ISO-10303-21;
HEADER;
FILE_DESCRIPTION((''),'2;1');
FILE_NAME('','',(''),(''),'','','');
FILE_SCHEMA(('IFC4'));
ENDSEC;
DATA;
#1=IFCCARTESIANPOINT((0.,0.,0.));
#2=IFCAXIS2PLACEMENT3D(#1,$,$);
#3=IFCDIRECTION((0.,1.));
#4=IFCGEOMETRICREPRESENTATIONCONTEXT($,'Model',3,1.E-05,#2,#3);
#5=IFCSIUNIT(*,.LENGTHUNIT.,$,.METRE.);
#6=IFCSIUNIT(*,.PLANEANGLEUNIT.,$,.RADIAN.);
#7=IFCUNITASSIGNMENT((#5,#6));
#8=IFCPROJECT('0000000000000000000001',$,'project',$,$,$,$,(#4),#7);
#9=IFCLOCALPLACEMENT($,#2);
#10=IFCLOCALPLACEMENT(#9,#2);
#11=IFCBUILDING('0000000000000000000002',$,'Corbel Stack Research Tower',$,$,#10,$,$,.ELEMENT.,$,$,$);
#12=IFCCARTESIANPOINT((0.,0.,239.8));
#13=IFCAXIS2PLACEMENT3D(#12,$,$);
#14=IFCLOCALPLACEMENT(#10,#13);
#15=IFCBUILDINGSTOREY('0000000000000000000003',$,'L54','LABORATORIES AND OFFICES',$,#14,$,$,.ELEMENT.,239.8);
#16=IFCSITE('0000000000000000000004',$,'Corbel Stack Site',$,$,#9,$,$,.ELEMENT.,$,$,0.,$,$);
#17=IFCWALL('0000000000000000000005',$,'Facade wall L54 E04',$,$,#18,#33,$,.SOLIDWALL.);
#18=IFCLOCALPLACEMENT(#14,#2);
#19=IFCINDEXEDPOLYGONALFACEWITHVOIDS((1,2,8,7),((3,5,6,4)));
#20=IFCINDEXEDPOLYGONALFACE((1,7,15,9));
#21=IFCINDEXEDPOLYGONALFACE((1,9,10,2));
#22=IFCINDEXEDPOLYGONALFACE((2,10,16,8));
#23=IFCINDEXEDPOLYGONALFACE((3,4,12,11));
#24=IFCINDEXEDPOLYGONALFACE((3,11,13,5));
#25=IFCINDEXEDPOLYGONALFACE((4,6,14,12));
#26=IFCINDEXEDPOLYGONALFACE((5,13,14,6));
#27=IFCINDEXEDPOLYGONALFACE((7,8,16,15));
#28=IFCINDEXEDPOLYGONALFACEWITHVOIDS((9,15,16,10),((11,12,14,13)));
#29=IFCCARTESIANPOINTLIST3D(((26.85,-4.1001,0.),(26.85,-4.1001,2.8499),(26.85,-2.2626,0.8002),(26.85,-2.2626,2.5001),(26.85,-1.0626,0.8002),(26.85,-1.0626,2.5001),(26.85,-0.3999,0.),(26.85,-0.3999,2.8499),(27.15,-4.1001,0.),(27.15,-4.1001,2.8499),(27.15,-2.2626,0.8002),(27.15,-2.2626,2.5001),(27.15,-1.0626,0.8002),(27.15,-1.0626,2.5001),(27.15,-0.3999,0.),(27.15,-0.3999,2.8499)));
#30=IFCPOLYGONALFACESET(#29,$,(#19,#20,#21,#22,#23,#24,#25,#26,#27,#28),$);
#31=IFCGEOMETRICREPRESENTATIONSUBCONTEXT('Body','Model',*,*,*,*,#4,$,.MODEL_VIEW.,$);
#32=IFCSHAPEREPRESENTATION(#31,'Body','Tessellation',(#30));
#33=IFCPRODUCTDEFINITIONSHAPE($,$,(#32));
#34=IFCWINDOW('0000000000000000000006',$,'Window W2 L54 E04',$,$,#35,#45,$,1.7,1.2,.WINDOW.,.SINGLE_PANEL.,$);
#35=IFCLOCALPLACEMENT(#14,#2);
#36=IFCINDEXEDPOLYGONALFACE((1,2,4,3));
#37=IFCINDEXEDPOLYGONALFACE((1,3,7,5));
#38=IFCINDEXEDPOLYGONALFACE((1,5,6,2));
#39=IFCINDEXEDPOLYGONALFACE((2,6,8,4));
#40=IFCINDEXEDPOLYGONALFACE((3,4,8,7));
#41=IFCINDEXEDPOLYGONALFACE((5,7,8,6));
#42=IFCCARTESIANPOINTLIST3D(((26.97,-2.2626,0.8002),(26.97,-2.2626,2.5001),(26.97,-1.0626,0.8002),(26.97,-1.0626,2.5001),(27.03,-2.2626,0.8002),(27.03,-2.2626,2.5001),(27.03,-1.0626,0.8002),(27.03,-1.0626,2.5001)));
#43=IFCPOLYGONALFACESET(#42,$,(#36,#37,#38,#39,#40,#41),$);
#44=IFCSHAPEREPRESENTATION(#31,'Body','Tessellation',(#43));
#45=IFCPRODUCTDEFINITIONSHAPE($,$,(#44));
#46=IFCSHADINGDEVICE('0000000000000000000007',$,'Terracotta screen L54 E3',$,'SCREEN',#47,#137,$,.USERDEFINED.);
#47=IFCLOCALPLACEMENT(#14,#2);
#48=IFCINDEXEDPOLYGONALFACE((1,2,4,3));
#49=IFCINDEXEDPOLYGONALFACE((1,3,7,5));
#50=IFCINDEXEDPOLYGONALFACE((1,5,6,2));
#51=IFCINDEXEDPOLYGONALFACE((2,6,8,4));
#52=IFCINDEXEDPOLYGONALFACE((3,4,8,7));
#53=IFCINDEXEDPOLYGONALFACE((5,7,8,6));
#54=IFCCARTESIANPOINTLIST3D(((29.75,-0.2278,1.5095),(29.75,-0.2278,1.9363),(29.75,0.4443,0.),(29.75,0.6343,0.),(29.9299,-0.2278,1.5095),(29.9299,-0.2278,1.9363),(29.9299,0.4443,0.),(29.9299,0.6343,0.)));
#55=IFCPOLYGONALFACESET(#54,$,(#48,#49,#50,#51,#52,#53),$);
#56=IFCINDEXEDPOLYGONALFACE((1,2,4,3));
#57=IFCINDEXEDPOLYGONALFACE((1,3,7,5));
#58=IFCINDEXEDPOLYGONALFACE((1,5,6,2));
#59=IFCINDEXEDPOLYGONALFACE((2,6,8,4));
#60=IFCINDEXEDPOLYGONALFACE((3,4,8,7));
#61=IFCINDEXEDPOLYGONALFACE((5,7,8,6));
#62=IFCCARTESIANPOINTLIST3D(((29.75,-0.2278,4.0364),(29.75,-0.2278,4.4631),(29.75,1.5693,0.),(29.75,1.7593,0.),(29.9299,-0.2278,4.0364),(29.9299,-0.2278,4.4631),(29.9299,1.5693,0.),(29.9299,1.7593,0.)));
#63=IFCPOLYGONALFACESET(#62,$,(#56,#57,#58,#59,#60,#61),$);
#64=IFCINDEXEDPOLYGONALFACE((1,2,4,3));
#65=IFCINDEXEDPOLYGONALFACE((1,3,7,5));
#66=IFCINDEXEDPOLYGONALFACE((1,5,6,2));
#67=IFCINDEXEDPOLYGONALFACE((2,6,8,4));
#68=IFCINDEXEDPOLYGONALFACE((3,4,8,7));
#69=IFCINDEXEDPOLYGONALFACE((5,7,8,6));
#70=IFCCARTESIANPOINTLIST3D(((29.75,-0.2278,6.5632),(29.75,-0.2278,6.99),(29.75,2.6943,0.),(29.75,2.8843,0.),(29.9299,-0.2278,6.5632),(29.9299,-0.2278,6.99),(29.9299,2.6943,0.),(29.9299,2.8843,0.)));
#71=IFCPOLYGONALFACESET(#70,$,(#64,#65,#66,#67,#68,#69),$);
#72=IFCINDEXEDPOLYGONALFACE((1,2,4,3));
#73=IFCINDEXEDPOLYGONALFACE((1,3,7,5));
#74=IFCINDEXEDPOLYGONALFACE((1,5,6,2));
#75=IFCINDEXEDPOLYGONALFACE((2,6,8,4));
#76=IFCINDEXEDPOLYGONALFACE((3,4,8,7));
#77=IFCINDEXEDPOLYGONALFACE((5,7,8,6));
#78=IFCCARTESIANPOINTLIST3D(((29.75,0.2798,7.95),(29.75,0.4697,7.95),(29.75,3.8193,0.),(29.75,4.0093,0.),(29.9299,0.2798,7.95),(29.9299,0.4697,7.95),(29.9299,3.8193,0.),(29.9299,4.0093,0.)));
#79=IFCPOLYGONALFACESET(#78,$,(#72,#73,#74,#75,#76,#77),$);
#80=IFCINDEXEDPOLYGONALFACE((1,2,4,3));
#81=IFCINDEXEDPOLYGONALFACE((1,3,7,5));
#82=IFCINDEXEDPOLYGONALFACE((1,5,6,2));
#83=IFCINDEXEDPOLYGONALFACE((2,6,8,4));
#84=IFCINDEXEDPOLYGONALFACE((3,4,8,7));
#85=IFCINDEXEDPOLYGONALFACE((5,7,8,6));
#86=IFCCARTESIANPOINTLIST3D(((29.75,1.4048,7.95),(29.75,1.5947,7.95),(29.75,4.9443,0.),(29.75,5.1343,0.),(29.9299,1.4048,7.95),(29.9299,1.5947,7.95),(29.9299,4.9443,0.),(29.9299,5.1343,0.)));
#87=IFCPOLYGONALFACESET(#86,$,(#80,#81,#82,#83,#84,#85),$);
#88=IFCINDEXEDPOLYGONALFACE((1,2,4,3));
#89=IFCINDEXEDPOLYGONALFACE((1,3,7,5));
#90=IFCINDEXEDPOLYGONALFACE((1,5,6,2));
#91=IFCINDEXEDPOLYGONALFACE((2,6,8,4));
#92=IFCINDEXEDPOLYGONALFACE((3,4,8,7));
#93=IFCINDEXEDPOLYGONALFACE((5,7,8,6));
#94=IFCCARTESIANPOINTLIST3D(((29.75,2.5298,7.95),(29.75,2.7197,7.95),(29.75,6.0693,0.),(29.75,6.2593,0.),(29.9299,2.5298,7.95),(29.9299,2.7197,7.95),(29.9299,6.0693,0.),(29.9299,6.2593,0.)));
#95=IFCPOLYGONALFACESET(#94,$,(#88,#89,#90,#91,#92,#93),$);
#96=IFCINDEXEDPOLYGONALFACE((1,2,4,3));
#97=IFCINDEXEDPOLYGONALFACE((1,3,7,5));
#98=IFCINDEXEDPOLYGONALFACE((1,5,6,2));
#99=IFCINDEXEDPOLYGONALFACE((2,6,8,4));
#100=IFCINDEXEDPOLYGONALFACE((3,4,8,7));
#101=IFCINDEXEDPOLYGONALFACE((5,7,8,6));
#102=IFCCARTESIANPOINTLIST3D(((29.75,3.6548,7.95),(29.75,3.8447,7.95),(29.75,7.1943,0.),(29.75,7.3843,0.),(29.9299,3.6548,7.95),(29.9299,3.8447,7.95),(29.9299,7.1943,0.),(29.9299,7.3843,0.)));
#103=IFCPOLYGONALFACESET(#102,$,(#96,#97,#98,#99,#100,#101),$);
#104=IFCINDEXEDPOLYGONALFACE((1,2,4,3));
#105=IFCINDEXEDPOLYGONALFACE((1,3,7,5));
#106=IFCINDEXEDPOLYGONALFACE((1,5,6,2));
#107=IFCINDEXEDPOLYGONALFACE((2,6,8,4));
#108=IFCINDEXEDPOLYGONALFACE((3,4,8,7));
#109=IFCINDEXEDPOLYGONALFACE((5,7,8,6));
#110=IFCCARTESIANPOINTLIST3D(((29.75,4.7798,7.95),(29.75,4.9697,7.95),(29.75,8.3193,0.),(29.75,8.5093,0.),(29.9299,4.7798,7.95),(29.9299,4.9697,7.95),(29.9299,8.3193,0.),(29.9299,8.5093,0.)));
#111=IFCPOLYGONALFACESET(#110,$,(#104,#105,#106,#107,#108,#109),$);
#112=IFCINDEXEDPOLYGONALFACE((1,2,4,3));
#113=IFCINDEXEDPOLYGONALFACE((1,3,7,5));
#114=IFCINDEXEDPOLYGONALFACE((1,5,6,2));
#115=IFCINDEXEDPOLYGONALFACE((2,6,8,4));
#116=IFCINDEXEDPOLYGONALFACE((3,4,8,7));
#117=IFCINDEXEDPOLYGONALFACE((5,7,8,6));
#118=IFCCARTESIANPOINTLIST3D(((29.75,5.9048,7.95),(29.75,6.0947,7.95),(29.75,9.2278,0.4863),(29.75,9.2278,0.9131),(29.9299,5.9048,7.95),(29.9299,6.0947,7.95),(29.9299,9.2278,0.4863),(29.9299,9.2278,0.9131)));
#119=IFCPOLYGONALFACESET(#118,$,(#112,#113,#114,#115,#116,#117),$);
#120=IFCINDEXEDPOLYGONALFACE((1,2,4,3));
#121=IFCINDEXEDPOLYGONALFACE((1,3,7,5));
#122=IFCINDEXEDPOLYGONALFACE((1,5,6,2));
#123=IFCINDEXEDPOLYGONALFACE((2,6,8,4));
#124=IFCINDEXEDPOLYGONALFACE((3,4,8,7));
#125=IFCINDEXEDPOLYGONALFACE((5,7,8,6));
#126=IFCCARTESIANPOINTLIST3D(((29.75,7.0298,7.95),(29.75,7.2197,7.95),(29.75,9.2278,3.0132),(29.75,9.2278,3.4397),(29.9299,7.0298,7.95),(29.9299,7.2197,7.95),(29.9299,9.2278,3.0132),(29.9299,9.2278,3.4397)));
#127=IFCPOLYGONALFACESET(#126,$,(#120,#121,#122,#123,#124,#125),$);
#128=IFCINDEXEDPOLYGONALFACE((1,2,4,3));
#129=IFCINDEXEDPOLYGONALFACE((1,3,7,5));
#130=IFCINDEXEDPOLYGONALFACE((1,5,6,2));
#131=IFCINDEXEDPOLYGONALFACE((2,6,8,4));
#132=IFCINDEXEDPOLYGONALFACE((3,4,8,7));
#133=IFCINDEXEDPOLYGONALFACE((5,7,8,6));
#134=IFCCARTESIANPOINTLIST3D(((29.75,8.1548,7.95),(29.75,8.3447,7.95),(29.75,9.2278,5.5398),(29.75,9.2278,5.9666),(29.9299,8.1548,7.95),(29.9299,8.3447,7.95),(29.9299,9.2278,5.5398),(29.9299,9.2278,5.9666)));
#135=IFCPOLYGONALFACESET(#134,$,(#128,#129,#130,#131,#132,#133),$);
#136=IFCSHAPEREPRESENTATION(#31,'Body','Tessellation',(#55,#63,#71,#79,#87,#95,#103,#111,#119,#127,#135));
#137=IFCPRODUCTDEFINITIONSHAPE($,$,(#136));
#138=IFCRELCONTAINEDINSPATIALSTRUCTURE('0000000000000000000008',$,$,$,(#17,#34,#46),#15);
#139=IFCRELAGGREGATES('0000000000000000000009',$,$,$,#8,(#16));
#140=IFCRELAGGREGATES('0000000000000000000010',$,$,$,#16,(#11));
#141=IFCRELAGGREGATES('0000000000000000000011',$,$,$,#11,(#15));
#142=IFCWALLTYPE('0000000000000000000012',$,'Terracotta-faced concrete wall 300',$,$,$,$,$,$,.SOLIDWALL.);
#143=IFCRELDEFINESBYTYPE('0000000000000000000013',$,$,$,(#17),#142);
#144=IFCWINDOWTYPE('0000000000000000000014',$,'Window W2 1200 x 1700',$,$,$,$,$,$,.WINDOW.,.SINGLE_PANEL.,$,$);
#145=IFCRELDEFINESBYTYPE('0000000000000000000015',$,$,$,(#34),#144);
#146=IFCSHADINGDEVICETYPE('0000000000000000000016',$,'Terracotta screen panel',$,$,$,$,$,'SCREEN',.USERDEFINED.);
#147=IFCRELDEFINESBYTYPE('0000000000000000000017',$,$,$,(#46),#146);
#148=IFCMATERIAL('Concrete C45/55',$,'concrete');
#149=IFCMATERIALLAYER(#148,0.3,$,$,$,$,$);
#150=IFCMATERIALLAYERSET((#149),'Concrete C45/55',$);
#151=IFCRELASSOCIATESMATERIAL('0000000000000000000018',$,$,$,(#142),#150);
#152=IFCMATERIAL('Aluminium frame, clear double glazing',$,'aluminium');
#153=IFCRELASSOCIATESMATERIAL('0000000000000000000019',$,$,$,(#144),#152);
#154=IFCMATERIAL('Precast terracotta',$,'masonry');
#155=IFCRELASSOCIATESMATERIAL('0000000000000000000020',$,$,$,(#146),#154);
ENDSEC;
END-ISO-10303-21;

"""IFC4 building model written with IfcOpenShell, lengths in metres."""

from ifc_helpers import new_model, si_unit, direction, frame, frame_2d, origin, place, context, subcontext, project, spatial, polyline, rectangle, outline, extrude, source, transform, mapped, material, layer, layer_set, type_object, element, fill, save


model = new_model("IFC4")

# Units and contexts
model_context = context("Model", 3, precision=1e-05, world=origin(), true_north=direction((0.0, 1.0)))
body_context = subcontext(model_context, "Body", "Model", "MODEL_VIEW")
ifc_project = project(units=[si_unit("LENGTHUNIT", "METRE"), si_unit("PLANEANGLEUNIT", "RADIAN")], contexts=[model_context])

# Site, building, storey
site_placement = place(None, origin())
site = spatial("IfcSite", under=ifc_project, at=site_placement, Name="Corbel Stack Site", CompositionType="ELEMENT", RefElevation=0.0)
building_placement = place(site_placement, origin())
building = spatial("IfcBuilding", under=site, at=building_placement, Name="Corbel Stack Research Tower", CompositionType="ELEMENT")
storey_placement = place(building_placement, frame((0.0, 0.0, 239.8)))
storey = spatial("IfcBuildingStorey", under=building, at=storey_placement, Name="L54", Description="LABORATORIES AND OFFICES", CompositionType="ELEMENT", Elevation=239.8)

# Shared definitions
ifc_material_1 = material(Name="Concrete C45/55", Category="concrete")
ifc_layer_1 = layer(ifc_material_1, 0.3)
ifc_layer_set_1 = layer_set([ifc_layer_1], Name="Concrete C45/55")
wall_type_1 = type_object("IfcWallType", Name="Terracotta-faced concrete wall 300", PredefinedType="SOLIDWALL", material=ifc_layer_set_1)

# Wall, opening, window
wall_1_placement = place(storey_placement, frame((27.0, -0.3999, 0.0), z_axis=(0.0, 0.0, 1.0), x_axis=(0.0, -1.0, 0.0)))
wall_1 = element("IfcWall", 1, at=wall_1_placement, inside=storey, type_object=wall_type_1, Name="Facade wall L54 E04", PredefinedType="SOLIDWALL", context=body_context, shape_type="SweptSolid", body=[
    extrude(rectangle(XDim=3.7002, YDim=0.3, at=frame_2d((1.8501, 0.0))), origin(), (0.0, 0.0, 1.0), 2.8499),
])
opening_1_placement = place(wall_1_placement, frame((0.6626, 0.0, 0.8)))
opening_1 = element("IfcOpeningElement", 2, at=opening_1_placement, cuts=wall_1, PredefinedType="OPENING", context=body_context, shape_type="SweptSolid", body=[
    extrude(rectangle(XDim=1.2, YDim=1.7, at=frame_2d((0.6001, 0.8501))), frame((0.0, 0.1599, 0.0), z_axis=(0.0, -1.0, 0.0), x_axis=(1.0, 0.0, 0.0)), (0.0, 0.0, 1.0), 0.3201),
])
ifc_material_2 = material(Name="Aluminium frame, clear double glazing", Category="aluminium")
window_type_1 = type_object("IfcWindowType", Name="Window W2 1200 x 1700", PartitioningType="SINGLE_PANEL", PredefinedType="WINDOW", material=ifc_material_2)
window_1_placement = place(opening_1_placement, origin())
window_1 = element("IfcWindow", 3, at=window_1_placement, inside=storey, type_object=window_type_1, Name="Window W2 L54 E04", OverallHeight=1.7, OverallWidth=1.2, PartitioningType="SINGLE_PANEL", PredefinedType="WINDOW", context=body_context, shape_type="SweptSolid", body=[
    extrude(rectangle(XDim=1.2, YDim=1.7, at=frame_2d((0.6001, 0.8501))), frame((0.0, 0.03, 0.0), z_axis=(0.0, -1.0, 0.0), x_axis=(1.0, 0.0, 0.0)), (0.0, 0.0, 1.0), 0.0601),
])
fill(opening_1, window_1)

# Shading device
ifc_material_3 = material(Name="Precast terracotta", Category="masonry")
shading_device_type = type_object("IfcShadingDeviceType", Name="Terracotta screen panel", ElementType="SCREEN", PredefinedType="USERDEFINED", material=ifc_material_3)
shared_shape_1 = source(origin(), body_context, "Body", "SweptSolid", [
    extrude(outline(polyline([(0.8621, 0.0), (0.0, 1.9363), (0.0, 1.5095), (0.6721, 0.0), (0.8621, 0.0)])), frame((0.0, 0.0, 0.0), z_axis=(0.0, -1.0, 0.0), x_axis=(1.0, 0.0, 0.0)), (0.0, 0.0, 1.0), 0.1799),
    extrude(outline(polyline([(1.9871, 0.0), (0.0, 4.4631), (0.0, 4.0364), (1.7971, 0.0), (1.9871, 0.0)])), frame((0.0, 0.0, 0.0), z_axis=(0.0, -1.0, 0.0), x_axis=(1.0, 0.0, 0.0)), (0.0, 0.0, 1.0), 0.1799),
    extrude(outline(polyline([(3.1121, 0.0), (0.0, 6.99), (0.0, 6.5632), (2.9221, 0.0), (3.1121, 0.0)])), frame((0.0, 0.0, 0.0), z_axis=(0.0, -1.0, 0.0), x_axis=(1.0, 0.0, 0.0)), (0.0, 0.0, 1.0), 0.1799),
    extrude(outline(polyline([(4.2371, 0.0), (0.6975, 7.95), (0.5076, 7.95), (4.0471, 0.0), (4.2371, 0.0)])), frame((0.0, 0.0, 0.0), z_axis=(0.0, -1.0, 0.0), x_axis=(1.0, 0.0, 0.0)), (0.0, 0.0, 1.0), 0.1799),
    extrude(outline(polyline([(5.3621, 0.0), (1.8225, 7.95), (1.6326, 7.95), (5.1721, 0.0), (5.3621, 0.0)])), frame((0.0, 0.0, 0.0), z_axis=(0.0, -1.0, 0.0), x_axis=(1.0, 0.0, 0.0)), (0.0, 0.0, 1.0), 0.1799),
    extrude(outline(polyline([(6.4871, 0.0), (2.9475, 7.95), (2.7576, 7.95), (6.2971, 0.0), (6.4871, 0.0)])), frame((0.0, 0.0, 0.0), z_axis=(0.0, -1.0, 0.0), x_axis=(1.0, 0.0, 0.0)), (0.0, 0.0, 1.0), 0.1799),
    extrude(outline(polyline([(7.6121, 0.0), (4.0725, 7.95), (3.8826, 7.95), (7.4221, 0.0), (7.6121, 0.0)])), frame((0.0, 0.0, 0.0), z_axis=(0.0, -1.0, 0.0), x_axis=(1.0, 0.0, 0.0)), (0.0, 0.0, 1.0), 0.1799),
    extrude(outline(polyline([(8.7371, 0.0), (5.1975, 7.95), (5.0076, 7.95), (8.5471, 0.0), (8.7371, 0.0)])), frame((0.0, 0.0, 0.0), z_axis=(0.0, -1.0, 0.0), x_axis=(1.0, 0.0, 0.0)), (0.0, 0.0, 1.0), 0.1799),
    extrude(outline(polyline([(6.3225, 7.95), (6.1326, 7.95), (9.4556, 0.4863), (9.4556, 0.9131), (6.3225, 7.95)])), frame((0.0, 0.0, 0.0), z_axis=(0.0, -1.0, 0.0), x_axis=(1.0, 0.0, 0.0)), (0.0, 0.0, 1.0), 0.1799),
    extrude(outline(polyline([(7.4475, 7.95), (7.2576, 7.95), (9.4556, 3.0132), (9.4556, 3.4397), (7.4475, 7.95)])), frame((0.0, 0.0, 0.0), z_axis=(0.0, -1.0, 0.0), x_axis=(1.0, 0.0, 0.0)), (0.0, 0.0, 1.0), 0.1799),
    extrude(outline(polyline([(8.5725, 7.95), (8.3826, 7.95), (9.4556, 5.5398), (9.4556, 5.9666), (8.5725, 7.95)])), frame((0.0, 0.0, 0.0), z_axis=(0.0, -1.0, 0.0), x_axis=(1.0, 0.0, 0.0)), (0.0, 0.0, 1.0), 0.1799),
])
shading_device_1_placement = place(storey_placement, frame((29.75, -0.2278, 0.0), z_axis=(0.0, 0.0, 1.0), x_axis=(0.0, 1.0, 0.0)))
element("IfcShadingDevice", 4, at=shading_device_1_placement, inside=storey, type_object=shading_device_type, Name="Terracotta screen L54 E3", ObjectType="SCREEN", PredefinedType="USERDEFINED", context=body_context, shape_type="MappedRepresentation", body=[
    mapped(shared_shape_1, transform((0.0, 0.0, 0.0))),
])

save(model, "model.ifc")
